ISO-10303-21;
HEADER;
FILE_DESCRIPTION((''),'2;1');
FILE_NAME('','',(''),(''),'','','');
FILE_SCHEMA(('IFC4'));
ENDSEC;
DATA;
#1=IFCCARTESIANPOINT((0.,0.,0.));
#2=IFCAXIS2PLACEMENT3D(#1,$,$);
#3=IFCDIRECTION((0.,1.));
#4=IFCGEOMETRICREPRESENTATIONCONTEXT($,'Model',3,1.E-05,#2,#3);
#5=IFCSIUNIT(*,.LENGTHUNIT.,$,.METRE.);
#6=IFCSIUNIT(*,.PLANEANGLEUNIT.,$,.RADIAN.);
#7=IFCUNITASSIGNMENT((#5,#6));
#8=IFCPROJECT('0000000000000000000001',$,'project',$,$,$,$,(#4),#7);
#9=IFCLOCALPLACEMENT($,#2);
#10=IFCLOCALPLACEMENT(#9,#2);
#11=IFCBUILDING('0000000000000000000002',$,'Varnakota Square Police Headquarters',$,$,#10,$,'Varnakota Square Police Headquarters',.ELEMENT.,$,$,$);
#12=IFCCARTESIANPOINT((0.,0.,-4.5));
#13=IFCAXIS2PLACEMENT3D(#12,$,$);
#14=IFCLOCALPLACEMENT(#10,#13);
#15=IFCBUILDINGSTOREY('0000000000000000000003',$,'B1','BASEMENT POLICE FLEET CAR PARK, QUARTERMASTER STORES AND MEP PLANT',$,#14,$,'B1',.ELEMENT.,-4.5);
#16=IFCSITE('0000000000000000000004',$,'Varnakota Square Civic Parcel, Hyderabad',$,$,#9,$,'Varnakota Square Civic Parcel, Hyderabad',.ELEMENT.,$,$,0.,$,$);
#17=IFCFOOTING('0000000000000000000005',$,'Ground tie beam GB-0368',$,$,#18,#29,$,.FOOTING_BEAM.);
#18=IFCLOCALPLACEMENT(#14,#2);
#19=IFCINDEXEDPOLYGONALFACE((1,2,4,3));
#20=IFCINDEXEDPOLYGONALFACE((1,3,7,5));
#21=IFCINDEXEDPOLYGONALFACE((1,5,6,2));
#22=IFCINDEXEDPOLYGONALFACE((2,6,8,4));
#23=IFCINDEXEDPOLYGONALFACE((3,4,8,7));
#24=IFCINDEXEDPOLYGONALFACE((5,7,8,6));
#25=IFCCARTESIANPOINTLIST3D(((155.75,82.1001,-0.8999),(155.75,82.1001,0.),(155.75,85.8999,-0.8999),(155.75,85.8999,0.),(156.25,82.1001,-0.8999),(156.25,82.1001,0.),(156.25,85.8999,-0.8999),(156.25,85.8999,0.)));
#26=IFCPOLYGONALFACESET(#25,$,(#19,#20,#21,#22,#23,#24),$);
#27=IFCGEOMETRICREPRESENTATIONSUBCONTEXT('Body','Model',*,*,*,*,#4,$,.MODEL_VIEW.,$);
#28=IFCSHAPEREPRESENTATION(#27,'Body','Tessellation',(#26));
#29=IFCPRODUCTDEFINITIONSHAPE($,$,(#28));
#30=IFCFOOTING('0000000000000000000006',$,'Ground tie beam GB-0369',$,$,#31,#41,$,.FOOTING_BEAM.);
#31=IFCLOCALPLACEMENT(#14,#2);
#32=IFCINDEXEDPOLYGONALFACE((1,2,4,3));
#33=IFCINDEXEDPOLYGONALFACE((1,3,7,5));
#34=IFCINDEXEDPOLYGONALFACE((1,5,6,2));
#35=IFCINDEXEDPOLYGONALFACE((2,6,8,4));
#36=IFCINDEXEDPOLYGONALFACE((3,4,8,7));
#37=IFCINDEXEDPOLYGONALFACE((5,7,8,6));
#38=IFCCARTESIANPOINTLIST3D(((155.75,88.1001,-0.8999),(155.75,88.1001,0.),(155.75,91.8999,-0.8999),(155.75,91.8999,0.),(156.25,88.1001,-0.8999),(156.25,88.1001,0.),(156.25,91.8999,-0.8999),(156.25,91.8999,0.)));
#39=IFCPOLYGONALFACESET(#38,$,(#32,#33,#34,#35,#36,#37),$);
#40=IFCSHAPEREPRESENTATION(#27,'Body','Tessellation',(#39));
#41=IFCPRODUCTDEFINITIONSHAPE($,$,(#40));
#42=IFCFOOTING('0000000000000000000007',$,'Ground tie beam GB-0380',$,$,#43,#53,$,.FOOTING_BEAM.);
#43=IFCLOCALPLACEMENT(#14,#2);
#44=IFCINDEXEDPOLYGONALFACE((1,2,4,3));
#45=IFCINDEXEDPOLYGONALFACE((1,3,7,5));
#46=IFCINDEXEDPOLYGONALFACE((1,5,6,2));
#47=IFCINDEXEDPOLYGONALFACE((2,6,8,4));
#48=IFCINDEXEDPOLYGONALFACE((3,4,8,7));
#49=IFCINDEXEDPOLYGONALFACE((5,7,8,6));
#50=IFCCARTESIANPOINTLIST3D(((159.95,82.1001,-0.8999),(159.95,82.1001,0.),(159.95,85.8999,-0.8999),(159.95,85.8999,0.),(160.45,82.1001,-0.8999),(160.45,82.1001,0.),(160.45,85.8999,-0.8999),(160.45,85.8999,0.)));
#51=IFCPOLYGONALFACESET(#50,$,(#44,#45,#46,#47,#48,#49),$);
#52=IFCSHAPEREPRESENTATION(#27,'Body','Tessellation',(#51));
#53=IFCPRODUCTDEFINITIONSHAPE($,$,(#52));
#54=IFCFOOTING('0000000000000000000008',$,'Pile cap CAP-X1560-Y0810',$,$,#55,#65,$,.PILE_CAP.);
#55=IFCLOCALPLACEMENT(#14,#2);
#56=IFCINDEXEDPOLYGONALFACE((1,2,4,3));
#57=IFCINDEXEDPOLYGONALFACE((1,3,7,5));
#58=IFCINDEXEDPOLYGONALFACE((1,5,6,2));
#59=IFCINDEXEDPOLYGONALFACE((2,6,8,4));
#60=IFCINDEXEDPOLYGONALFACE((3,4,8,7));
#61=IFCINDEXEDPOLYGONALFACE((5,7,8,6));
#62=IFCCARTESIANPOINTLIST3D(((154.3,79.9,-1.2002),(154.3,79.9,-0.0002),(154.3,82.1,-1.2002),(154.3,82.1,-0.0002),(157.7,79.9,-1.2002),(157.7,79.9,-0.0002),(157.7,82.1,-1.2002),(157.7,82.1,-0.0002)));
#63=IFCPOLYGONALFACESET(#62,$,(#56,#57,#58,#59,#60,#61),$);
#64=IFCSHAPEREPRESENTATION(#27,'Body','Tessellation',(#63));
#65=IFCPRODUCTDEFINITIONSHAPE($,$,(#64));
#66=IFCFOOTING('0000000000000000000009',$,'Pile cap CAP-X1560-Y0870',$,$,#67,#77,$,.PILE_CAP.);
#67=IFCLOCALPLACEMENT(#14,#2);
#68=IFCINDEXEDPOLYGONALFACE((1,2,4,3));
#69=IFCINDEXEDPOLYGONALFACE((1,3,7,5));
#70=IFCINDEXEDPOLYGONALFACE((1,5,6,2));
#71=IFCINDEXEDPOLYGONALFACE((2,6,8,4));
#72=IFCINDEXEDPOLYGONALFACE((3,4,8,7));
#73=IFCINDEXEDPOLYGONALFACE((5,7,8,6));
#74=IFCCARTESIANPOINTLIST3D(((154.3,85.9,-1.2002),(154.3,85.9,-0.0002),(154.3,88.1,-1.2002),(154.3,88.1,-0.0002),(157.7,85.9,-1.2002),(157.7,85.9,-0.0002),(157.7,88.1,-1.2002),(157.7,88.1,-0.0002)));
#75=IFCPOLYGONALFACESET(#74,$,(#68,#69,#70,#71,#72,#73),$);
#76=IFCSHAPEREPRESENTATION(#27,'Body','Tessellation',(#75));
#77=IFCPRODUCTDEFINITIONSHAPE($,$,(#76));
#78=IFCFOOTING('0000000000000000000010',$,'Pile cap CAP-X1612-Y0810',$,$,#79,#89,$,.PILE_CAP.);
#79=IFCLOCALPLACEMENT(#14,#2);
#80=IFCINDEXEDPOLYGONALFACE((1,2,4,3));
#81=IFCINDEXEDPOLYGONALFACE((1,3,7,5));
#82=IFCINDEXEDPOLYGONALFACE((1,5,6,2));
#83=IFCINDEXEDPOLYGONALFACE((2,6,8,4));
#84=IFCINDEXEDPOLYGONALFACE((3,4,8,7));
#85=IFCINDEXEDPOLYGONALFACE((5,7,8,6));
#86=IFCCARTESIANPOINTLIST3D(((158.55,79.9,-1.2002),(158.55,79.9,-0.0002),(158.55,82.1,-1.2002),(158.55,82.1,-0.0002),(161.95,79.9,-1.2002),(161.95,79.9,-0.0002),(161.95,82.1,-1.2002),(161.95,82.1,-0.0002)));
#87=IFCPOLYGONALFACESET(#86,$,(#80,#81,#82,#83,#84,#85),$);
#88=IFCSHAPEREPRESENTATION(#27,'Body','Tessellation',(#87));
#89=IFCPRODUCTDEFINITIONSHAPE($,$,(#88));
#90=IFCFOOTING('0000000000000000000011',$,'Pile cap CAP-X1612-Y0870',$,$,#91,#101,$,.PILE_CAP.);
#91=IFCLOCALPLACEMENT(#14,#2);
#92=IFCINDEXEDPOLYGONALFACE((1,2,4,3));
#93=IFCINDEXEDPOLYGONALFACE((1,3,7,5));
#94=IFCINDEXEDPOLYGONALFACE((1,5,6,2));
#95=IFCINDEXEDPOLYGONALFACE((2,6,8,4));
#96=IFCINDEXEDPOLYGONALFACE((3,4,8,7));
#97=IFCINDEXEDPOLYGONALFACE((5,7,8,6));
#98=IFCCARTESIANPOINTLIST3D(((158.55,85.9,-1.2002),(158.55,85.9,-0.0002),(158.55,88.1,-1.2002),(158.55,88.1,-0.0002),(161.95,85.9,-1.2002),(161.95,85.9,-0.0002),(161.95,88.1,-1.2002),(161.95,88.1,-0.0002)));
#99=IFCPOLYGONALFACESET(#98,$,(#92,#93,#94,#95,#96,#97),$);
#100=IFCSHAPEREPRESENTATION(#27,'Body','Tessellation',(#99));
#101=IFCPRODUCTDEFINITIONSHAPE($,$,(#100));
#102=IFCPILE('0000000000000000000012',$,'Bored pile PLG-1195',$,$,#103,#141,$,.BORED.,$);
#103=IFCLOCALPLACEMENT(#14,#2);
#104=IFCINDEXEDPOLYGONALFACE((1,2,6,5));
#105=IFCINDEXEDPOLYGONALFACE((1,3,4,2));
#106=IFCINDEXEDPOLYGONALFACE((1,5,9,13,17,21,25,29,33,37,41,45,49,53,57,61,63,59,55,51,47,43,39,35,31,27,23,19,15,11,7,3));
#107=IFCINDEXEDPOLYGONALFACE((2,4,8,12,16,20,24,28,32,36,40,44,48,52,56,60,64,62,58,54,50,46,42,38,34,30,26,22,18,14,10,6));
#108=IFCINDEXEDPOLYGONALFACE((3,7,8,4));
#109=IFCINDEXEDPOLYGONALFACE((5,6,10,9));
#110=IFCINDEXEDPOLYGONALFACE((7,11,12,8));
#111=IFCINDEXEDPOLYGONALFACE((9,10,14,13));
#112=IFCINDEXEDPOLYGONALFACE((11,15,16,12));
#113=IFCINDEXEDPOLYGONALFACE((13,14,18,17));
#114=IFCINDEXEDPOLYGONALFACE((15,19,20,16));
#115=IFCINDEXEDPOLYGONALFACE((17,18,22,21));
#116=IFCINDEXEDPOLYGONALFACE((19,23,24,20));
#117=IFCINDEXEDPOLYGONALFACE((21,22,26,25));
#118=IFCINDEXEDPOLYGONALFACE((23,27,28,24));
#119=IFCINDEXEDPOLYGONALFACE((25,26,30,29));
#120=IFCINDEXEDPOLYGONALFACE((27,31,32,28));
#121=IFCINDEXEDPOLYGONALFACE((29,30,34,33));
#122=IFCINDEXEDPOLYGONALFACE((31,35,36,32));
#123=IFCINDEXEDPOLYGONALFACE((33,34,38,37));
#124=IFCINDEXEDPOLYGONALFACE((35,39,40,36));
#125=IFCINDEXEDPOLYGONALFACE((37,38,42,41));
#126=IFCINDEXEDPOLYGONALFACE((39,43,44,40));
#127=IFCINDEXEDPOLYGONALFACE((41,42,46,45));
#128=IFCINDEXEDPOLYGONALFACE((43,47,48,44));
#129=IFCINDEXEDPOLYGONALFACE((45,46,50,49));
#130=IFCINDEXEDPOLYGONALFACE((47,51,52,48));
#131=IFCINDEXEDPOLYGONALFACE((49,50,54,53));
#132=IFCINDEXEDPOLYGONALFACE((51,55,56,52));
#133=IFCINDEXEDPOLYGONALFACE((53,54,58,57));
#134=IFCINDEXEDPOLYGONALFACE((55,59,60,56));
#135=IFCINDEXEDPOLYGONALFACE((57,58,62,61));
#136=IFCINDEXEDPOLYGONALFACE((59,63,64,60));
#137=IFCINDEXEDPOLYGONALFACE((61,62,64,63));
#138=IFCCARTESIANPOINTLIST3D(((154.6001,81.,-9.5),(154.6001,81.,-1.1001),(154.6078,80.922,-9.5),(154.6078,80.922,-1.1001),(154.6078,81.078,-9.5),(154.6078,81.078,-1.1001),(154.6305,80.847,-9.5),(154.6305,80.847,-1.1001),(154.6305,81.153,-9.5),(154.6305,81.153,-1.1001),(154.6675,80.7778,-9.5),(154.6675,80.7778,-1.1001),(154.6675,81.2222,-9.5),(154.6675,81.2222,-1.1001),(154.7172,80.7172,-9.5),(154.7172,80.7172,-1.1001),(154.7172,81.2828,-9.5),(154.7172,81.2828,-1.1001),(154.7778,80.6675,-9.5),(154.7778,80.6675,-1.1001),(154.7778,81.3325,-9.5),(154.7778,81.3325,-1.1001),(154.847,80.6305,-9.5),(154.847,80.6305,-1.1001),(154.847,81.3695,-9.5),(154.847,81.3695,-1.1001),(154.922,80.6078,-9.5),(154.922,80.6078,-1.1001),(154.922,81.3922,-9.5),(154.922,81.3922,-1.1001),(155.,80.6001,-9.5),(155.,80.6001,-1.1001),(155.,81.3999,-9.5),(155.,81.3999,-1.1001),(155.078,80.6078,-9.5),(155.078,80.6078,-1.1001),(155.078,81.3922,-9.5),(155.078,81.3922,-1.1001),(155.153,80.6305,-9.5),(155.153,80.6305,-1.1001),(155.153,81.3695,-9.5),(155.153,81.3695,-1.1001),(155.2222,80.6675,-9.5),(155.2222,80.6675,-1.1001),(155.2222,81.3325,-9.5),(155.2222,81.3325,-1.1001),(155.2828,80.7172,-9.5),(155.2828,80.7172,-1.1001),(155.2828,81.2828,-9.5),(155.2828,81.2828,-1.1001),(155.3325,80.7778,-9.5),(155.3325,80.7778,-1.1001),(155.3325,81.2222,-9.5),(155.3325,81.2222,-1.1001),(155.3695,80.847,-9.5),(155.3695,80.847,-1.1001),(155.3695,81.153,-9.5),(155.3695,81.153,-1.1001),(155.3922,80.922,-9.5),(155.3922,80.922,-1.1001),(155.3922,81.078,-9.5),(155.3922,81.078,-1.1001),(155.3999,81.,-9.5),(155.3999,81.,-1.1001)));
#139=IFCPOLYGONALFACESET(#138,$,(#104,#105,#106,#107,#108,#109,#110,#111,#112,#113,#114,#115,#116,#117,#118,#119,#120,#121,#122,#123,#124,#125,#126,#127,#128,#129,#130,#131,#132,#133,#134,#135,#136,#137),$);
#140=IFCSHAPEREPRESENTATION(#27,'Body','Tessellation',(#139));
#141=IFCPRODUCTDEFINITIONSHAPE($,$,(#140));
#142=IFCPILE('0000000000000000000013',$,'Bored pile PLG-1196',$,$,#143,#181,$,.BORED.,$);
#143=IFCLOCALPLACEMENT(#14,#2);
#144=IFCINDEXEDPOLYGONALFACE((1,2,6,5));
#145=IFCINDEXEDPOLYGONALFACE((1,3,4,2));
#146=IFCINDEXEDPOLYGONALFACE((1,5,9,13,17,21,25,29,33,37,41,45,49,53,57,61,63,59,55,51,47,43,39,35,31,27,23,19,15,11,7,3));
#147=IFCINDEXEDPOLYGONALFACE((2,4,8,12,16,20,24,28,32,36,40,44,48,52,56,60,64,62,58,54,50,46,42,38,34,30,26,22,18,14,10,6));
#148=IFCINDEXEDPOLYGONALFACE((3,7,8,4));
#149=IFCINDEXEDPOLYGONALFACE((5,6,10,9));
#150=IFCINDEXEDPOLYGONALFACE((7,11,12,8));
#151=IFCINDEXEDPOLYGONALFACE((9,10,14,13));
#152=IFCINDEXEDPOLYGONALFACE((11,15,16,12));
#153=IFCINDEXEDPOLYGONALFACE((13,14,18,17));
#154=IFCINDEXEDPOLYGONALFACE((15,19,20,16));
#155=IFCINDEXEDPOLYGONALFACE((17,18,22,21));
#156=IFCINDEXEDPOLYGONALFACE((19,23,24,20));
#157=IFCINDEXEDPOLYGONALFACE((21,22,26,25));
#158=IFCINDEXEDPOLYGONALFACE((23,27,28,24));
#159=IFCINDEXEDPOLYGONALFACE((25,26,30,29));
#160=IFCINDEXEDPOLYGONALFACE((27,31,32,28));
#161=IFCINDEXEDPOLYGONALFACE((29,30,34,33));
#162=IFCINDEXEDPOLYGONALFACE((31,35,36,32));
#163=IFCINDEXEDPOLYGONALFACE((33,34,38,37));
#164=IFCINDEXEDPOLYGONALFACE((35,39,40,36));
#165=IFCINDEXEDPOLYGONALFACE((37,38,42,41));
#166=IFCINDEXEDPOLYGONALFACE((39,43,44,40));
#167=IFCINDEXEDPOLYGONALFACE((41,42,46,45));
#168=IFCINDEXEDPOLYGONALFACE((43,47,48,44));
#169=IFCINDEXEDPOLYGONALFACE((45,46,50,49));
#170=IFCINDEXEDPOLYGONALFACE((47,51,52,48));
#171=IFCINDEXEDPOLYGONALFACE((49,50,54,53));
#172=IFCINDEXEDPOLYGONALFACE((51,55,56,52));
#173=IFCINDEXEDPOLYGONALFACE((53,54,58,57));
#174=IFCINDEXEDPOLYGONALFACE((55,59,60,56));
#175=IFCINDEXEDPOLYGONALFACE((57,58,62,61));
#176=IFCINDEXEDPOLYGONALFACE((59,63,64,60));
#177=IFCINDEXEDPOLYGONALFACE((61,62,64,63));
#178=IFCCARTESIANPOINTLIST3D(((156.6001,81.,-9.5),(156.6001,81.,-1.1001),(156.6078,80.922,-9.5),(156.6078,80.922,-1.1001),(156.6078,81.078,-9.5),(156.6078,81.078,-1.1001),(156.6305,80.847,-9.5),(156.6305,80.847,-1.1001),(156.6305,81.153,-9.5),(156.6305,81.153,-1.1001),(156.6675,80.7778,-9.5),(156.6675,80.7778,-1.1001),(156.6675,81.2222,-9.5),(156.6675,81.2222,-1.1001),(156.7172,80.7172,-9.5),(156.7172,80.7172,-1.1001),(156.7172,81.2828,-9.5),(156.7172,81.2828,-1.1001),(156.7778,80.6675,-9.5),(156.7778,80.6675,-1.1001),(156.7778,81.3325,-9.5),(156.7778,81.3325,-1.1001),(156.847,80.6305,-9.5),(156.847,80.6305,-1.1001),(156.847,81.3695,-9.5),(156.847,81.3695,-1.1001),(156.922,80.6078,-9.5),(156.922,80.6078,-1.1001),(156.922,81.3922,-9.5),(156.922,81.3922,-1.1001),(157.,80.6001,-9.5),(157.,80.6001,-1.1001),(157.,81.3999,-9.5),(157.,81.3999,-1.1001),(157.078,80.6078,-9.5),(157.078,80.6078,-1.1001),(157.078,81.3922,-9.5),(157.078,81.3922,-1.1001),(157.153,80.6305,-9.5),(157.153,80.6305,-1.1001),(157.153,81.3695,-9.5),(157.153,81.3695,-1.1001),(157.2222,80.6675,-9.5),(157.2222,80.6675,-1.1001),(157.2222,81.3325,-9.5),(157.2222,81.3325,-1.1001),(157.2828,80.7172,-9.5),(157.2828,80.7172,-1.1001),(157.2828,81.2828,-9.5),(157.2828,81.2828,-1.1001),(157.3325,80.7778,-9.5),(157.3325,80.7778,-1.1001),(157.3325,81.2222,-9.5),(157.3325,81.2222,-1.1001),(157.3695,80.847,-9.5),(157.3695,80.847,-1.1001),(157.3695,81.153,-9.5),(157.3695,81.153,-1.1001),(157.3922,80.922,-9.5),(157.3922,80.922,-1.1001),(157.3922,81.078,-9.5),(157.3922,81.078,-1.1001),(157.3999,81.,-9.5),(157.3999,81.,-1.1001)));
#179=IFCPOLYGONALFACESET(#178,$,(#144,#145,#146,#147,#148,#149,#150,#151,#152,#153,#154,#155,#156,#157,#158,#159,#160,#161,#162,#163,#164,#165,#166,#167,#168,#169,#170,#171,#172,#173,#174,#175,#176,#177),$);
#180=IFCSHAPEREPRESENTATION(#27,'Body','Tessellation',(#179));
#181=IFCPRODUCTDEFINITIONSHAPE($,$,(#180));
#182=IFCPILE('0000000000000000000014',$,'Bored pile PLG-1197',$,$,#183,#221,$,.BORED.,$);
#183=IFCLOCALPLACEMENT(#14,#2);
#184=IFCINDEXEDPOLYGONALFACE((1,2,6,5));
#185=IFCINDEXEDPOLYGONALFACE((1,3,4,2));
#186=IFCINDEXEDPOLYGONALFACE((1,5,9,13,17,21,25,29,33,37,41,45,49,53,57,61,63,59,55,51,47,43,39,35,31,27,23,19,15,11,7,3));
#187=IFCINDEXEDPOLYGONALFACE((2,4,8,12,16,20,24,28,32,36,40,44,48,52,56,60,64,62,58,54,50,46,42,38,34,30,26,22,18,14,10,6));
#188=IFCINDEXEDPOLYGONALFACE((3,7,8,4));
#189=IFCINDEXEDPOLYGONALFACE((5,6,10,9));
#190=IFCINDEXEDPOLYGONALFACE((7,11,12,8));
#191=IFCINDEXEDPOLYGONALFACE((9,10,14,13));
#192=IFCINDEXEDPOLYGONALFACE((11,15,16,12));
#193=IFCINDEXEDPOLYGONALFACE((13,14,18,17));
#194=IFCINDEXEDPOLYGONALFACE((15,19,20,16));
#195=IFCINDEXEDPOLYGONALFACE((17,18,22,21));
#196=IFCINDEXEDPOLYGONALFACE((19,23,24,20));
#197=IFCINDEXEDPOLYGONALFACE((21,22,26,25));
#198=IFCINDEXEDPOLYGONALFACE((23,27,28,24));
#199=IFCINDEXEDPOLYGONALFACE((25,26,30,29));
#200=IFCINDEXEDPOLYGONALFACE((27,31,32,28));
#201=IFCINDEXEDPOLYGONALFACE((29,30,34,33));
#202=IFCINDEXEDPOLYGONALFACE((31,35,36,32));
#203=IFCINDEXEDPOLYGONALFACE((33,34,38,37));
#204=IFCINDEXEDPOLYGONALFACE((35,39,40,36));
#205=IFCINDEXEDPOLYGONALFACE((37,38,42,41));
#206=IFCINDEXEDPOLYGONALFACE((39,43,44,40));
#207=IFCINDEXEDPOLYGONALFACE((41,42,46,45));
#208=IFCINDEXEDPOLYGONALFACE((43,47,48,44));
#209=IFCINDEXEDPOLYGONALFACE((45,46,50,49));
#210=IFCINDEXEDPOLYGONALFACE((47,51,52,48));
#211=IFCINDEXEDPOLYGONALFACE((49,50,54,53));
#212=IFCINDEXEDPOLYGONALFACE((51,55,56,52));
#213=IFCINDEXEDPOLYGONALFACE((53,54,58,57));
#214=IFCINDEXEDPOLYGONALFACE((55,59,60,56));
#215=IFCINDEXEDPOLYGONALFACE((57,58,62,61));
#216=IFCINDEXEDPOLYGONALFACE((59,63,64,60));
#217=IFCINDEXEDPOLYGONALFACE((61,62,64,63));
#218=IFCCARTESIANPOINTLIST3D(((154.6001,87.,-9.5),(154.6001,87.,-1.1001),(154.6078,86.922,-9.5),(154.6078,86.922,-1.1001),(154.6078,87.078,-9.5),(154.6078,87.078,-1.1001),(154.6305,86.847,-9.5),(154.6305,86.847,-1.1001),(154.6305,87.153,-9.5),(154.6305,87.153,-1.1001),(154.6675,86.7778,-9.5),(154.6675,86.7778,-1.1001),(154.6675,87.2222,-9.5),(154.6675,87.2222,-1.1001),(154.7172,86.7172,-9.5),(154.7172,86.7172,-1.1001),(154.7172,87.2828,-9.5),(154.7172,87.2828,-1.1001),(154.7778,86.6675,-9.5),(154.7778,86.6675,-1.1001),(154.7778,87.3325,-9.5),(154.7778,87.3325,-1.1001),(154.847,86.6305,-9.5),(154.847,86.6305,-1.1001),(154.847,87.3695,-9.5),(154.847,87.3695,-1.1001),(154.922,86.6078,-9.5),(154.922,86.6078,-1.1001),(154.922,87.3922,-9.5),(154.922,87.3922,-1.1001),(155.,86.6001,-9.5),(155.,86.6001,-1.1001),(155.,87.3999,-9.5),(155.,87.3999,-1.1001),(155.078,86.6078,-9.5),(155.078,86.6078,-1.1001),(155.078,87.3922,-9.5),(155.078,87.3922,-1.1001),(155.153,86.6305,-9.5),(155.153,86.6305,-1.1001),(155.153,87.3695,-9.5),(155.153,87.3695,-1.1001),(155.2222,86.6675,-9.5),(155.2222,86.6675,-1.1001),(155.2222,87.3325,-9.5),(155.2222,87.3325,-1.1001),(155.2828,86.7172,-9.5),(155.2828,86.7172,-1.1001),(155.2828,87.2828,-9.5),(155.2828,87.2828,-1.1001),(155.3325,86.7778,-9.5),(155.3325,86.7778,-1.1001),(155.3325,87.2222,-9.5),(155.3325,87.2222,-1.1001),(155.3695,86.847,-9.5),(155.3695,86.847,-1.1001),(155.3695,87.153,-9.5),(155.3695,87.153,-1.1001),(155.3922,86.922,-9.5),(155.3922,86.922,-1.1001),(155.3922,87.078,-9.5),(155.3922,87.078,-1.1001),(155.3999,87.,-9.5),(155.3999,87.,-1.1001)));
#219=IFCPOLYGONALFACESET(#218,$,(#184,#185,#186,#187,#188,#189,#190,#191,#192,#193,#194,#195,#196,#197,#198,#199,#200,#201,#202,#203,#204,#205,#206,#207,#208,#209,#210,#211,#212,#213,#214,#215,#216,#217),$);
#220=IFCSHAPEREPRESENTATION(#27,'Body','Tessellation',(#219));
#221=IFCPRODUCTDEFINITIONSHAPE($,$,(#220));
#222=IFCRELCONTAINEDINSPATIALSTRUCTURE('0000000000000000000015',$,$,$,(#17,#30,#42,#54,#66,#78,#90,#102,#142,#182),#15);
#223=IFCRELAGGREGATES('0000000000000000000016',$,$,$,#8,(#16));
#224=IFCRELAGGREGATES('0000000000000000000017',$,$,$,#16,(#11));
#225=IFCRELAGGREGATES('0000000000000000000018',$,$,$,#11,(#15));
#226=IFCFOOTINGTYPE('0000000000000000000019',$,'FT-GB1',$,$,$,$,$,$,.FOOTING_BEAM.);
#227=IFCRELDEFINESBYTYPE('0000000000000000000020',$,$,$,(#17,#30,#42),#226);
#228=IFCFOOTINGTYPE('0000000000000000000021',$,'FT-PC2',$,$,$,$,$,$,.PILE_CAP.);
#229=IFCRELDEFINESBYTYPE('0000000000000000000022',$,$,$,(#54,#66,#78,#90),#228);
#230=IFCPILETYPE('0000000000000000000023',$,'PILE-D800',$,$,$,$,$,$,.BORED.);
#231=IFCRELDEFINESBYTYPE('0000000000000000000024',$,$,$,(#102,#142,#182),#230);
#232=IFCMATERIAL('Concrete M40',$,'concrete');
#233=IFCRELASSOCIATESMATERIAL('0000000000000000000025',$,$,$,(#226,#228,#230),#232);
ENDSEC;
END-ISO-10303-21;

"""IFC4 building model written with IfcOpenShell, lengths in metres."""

from ifc_helpers import new_model, si_unit, direction, frame, origin, origin_2d, place, context, subcontext, project, spatial, rectangle, circle, extrude, material, material_profile, profile_set, type_object, element, save


model = new_model("IFC4")

# Units and contexts
model_context = context("Model", 3, precision=1e-05, world=origin(), true_north=direction((0.0, 1.0)))
body_context = subcontext(model_context, "Body", "Model", "MODEL_VIEW")
ifc_project = project(units=[si_unit("LENGTHUNIT", "METRE"), si_unit("PLANEANGLEUNIT", "RADIAN")], contexts=[model_context])

# Site, building, storey
site_placement = place(None, origin())
site = spatial("IfcSite", under=ifc_project, at=site_placement, Name="Varnakota Square Civic Parcel, Hyderabad", LongName="Varnakota Square Civic Parcel, Hyderabad", CompositionType="ELEMENT", RefElevation=0.0)
building_placement = place(site_placement, origin())
building = spatial("IfcBuilding", under=site, at=building_placement, Name="Varnakota Square Police Headquarters", LongName="Varnakota Square Police Headquarters", CompositionType="ELEMENT")
storey_placement = place(building_placement, frame((0.0, 0.0, -4.5)))
storey = spatial("IfcBuildingStorey", under=building, at=storey_placement, Name="B1", Description="BASEMENT POLICE FLEET CAR PARK, QUARTERMASTER STORES AND MEP PLANT", LongName="B1", CompositionType="ELEMENT", Elevation=-4.5)

# Footings
ifc_material_1 = material(Name="Concrete M40", Category="concrete")
ifc_material_profile_1 = material_profile(ifc_material_1, rectangle(XDim=0.5, YDim=0.8999, at=origin_2d()), Name="GB 500x900")
ifc_profile_set_1 = profile_set([ifc_material_profile_1], Name="Concrete M40")
footing_type_1 = type_object("IfcFootingType", Name="FT-GB1", PredefinedType="FOOTING_BEAM", material=ifc_profile_set_1)
for number, where, z_axis, x_axis, name in (
    (1, (156.0, 82.1001, -0.45), (0.0, 1.0, 0.0), (-1.0, 0.0, 0.0), "Ground tie beam GB-0368"),
    (2, (156.0, 88.1001, -0.45), (0.0, 1.0, 0.0), (-1.0, 0.0, 0.0), "Ground tie beam GB-0369"),
    (3, (160.2, 82.1001, -0.45), (0.0, 1.0, 0.0), (-1.0, 0.0, 0.0), "Ground tie beam GB-0380"),
):
    element("IfcFooting", number, at=place(storey_placement, frame(where, z_axis=z_axis, x_axis=x_axis)), inside=storey, type_object=footing_type_1, Name=name, PredefinedType="FOOTING_BEAM", context=body_context, shape_type="SweptSolid", body=[
        extrude(rectangle(XDim=0.5, YDim=0.8999, at=origin_2d()), origin(), (0.0, 0.0, 1.0), 3.7998),
    ])
footing_type_2 = type_object("IfcFootingType", Name="FT-PC2", PredefinedType="PILE_CAP", material=ifc_material_1)
for number, where, z_axis, x_axis, name in (
    (4, (156.0, 81.0, -1.2002), (0.0, 0.0, 1.0), (1.0, 0.0, 0.0), "Pile cap CAP-X1560-Y0810"),
    (5, (156.0, 87.0, -1.2002), (0.0, 0.0, 1.0), (1.0, 0.0, 0.0), "Pile cap CAP-X1560-Y0870"),
    (6, (160.25, 81.0, -1.2002), (0.0, 0.0, 1.0), (1.0, 0.0, 0.0), "Pile cap CAP-X1612-Y0810"),
    (7, (160.25, 87.0, -1.2002), (0.0, 0.0, 1.0), (1.0, 0.0, 0.0), "Pile cap CAP-X1612-Y0870"),
):
    element("IfcFooting", number, at=place(storey_placement, frame(where, z_axis=z_axis, x_axis=x_axis)), inside=storey, type_object=footing_type_2, Name=name, PredefinedType="PILE_CAP", context=body_context, shape_type="SweptSolid", body=[
        extrude(rectangle(XDim=3.3999, YDim=2.2, at=origin_2d()), origin(), (0.0, 0.0, 1.0), 1.2),
    ])

# Piles
ifc_material_profile_2 = material_profile(ifc_material_1, circle(Radius=0.3999, at=origin_2d()), Name="BORED PILE 800")
ifc_profile_set_2 = profile_set([ifc_material_profile_2], Name="Concrete M40")
pile_type = type_object("IfcPileType", Name="PILE-D800", PredefinedType="BORED", material=ifc_profile_set_2)
for number, where, z_axis, x_axis, name in (
    (8, (155.0, 81.0, -1.1001), (0.0, 0.0, -1.0), (1.0, 0.0, 0.0), "Bored pile PLG-1195"),
    (9, (157.0, 81.0, -1.1001), (0.0, 0.0, -1.0), (1.0, 0.0, 0.0), "Bored pile PLG-1196"),
    (10, (155.0, 87.0, -1.1001), (0.0, 0.0, -1.0), (1.0, 0.0, 0.0), "Bored pile PLG-1197"),
):
    element("IfcPile", number, at=place(storey_placement, frame(where, z_axis=z_axis, x_axis=x_axis)), inside=storey, type_object=pile_type, Name=name, PredefinedType="BORED", context=body_context, shape_type="SweptSolid", body=[
        extrude(circle(Radius=0.3999, at=origin_2d()), origin(), (0.0, 0.0, 1.0), 8.3999),
    ])

save(model, "model.ifc")
